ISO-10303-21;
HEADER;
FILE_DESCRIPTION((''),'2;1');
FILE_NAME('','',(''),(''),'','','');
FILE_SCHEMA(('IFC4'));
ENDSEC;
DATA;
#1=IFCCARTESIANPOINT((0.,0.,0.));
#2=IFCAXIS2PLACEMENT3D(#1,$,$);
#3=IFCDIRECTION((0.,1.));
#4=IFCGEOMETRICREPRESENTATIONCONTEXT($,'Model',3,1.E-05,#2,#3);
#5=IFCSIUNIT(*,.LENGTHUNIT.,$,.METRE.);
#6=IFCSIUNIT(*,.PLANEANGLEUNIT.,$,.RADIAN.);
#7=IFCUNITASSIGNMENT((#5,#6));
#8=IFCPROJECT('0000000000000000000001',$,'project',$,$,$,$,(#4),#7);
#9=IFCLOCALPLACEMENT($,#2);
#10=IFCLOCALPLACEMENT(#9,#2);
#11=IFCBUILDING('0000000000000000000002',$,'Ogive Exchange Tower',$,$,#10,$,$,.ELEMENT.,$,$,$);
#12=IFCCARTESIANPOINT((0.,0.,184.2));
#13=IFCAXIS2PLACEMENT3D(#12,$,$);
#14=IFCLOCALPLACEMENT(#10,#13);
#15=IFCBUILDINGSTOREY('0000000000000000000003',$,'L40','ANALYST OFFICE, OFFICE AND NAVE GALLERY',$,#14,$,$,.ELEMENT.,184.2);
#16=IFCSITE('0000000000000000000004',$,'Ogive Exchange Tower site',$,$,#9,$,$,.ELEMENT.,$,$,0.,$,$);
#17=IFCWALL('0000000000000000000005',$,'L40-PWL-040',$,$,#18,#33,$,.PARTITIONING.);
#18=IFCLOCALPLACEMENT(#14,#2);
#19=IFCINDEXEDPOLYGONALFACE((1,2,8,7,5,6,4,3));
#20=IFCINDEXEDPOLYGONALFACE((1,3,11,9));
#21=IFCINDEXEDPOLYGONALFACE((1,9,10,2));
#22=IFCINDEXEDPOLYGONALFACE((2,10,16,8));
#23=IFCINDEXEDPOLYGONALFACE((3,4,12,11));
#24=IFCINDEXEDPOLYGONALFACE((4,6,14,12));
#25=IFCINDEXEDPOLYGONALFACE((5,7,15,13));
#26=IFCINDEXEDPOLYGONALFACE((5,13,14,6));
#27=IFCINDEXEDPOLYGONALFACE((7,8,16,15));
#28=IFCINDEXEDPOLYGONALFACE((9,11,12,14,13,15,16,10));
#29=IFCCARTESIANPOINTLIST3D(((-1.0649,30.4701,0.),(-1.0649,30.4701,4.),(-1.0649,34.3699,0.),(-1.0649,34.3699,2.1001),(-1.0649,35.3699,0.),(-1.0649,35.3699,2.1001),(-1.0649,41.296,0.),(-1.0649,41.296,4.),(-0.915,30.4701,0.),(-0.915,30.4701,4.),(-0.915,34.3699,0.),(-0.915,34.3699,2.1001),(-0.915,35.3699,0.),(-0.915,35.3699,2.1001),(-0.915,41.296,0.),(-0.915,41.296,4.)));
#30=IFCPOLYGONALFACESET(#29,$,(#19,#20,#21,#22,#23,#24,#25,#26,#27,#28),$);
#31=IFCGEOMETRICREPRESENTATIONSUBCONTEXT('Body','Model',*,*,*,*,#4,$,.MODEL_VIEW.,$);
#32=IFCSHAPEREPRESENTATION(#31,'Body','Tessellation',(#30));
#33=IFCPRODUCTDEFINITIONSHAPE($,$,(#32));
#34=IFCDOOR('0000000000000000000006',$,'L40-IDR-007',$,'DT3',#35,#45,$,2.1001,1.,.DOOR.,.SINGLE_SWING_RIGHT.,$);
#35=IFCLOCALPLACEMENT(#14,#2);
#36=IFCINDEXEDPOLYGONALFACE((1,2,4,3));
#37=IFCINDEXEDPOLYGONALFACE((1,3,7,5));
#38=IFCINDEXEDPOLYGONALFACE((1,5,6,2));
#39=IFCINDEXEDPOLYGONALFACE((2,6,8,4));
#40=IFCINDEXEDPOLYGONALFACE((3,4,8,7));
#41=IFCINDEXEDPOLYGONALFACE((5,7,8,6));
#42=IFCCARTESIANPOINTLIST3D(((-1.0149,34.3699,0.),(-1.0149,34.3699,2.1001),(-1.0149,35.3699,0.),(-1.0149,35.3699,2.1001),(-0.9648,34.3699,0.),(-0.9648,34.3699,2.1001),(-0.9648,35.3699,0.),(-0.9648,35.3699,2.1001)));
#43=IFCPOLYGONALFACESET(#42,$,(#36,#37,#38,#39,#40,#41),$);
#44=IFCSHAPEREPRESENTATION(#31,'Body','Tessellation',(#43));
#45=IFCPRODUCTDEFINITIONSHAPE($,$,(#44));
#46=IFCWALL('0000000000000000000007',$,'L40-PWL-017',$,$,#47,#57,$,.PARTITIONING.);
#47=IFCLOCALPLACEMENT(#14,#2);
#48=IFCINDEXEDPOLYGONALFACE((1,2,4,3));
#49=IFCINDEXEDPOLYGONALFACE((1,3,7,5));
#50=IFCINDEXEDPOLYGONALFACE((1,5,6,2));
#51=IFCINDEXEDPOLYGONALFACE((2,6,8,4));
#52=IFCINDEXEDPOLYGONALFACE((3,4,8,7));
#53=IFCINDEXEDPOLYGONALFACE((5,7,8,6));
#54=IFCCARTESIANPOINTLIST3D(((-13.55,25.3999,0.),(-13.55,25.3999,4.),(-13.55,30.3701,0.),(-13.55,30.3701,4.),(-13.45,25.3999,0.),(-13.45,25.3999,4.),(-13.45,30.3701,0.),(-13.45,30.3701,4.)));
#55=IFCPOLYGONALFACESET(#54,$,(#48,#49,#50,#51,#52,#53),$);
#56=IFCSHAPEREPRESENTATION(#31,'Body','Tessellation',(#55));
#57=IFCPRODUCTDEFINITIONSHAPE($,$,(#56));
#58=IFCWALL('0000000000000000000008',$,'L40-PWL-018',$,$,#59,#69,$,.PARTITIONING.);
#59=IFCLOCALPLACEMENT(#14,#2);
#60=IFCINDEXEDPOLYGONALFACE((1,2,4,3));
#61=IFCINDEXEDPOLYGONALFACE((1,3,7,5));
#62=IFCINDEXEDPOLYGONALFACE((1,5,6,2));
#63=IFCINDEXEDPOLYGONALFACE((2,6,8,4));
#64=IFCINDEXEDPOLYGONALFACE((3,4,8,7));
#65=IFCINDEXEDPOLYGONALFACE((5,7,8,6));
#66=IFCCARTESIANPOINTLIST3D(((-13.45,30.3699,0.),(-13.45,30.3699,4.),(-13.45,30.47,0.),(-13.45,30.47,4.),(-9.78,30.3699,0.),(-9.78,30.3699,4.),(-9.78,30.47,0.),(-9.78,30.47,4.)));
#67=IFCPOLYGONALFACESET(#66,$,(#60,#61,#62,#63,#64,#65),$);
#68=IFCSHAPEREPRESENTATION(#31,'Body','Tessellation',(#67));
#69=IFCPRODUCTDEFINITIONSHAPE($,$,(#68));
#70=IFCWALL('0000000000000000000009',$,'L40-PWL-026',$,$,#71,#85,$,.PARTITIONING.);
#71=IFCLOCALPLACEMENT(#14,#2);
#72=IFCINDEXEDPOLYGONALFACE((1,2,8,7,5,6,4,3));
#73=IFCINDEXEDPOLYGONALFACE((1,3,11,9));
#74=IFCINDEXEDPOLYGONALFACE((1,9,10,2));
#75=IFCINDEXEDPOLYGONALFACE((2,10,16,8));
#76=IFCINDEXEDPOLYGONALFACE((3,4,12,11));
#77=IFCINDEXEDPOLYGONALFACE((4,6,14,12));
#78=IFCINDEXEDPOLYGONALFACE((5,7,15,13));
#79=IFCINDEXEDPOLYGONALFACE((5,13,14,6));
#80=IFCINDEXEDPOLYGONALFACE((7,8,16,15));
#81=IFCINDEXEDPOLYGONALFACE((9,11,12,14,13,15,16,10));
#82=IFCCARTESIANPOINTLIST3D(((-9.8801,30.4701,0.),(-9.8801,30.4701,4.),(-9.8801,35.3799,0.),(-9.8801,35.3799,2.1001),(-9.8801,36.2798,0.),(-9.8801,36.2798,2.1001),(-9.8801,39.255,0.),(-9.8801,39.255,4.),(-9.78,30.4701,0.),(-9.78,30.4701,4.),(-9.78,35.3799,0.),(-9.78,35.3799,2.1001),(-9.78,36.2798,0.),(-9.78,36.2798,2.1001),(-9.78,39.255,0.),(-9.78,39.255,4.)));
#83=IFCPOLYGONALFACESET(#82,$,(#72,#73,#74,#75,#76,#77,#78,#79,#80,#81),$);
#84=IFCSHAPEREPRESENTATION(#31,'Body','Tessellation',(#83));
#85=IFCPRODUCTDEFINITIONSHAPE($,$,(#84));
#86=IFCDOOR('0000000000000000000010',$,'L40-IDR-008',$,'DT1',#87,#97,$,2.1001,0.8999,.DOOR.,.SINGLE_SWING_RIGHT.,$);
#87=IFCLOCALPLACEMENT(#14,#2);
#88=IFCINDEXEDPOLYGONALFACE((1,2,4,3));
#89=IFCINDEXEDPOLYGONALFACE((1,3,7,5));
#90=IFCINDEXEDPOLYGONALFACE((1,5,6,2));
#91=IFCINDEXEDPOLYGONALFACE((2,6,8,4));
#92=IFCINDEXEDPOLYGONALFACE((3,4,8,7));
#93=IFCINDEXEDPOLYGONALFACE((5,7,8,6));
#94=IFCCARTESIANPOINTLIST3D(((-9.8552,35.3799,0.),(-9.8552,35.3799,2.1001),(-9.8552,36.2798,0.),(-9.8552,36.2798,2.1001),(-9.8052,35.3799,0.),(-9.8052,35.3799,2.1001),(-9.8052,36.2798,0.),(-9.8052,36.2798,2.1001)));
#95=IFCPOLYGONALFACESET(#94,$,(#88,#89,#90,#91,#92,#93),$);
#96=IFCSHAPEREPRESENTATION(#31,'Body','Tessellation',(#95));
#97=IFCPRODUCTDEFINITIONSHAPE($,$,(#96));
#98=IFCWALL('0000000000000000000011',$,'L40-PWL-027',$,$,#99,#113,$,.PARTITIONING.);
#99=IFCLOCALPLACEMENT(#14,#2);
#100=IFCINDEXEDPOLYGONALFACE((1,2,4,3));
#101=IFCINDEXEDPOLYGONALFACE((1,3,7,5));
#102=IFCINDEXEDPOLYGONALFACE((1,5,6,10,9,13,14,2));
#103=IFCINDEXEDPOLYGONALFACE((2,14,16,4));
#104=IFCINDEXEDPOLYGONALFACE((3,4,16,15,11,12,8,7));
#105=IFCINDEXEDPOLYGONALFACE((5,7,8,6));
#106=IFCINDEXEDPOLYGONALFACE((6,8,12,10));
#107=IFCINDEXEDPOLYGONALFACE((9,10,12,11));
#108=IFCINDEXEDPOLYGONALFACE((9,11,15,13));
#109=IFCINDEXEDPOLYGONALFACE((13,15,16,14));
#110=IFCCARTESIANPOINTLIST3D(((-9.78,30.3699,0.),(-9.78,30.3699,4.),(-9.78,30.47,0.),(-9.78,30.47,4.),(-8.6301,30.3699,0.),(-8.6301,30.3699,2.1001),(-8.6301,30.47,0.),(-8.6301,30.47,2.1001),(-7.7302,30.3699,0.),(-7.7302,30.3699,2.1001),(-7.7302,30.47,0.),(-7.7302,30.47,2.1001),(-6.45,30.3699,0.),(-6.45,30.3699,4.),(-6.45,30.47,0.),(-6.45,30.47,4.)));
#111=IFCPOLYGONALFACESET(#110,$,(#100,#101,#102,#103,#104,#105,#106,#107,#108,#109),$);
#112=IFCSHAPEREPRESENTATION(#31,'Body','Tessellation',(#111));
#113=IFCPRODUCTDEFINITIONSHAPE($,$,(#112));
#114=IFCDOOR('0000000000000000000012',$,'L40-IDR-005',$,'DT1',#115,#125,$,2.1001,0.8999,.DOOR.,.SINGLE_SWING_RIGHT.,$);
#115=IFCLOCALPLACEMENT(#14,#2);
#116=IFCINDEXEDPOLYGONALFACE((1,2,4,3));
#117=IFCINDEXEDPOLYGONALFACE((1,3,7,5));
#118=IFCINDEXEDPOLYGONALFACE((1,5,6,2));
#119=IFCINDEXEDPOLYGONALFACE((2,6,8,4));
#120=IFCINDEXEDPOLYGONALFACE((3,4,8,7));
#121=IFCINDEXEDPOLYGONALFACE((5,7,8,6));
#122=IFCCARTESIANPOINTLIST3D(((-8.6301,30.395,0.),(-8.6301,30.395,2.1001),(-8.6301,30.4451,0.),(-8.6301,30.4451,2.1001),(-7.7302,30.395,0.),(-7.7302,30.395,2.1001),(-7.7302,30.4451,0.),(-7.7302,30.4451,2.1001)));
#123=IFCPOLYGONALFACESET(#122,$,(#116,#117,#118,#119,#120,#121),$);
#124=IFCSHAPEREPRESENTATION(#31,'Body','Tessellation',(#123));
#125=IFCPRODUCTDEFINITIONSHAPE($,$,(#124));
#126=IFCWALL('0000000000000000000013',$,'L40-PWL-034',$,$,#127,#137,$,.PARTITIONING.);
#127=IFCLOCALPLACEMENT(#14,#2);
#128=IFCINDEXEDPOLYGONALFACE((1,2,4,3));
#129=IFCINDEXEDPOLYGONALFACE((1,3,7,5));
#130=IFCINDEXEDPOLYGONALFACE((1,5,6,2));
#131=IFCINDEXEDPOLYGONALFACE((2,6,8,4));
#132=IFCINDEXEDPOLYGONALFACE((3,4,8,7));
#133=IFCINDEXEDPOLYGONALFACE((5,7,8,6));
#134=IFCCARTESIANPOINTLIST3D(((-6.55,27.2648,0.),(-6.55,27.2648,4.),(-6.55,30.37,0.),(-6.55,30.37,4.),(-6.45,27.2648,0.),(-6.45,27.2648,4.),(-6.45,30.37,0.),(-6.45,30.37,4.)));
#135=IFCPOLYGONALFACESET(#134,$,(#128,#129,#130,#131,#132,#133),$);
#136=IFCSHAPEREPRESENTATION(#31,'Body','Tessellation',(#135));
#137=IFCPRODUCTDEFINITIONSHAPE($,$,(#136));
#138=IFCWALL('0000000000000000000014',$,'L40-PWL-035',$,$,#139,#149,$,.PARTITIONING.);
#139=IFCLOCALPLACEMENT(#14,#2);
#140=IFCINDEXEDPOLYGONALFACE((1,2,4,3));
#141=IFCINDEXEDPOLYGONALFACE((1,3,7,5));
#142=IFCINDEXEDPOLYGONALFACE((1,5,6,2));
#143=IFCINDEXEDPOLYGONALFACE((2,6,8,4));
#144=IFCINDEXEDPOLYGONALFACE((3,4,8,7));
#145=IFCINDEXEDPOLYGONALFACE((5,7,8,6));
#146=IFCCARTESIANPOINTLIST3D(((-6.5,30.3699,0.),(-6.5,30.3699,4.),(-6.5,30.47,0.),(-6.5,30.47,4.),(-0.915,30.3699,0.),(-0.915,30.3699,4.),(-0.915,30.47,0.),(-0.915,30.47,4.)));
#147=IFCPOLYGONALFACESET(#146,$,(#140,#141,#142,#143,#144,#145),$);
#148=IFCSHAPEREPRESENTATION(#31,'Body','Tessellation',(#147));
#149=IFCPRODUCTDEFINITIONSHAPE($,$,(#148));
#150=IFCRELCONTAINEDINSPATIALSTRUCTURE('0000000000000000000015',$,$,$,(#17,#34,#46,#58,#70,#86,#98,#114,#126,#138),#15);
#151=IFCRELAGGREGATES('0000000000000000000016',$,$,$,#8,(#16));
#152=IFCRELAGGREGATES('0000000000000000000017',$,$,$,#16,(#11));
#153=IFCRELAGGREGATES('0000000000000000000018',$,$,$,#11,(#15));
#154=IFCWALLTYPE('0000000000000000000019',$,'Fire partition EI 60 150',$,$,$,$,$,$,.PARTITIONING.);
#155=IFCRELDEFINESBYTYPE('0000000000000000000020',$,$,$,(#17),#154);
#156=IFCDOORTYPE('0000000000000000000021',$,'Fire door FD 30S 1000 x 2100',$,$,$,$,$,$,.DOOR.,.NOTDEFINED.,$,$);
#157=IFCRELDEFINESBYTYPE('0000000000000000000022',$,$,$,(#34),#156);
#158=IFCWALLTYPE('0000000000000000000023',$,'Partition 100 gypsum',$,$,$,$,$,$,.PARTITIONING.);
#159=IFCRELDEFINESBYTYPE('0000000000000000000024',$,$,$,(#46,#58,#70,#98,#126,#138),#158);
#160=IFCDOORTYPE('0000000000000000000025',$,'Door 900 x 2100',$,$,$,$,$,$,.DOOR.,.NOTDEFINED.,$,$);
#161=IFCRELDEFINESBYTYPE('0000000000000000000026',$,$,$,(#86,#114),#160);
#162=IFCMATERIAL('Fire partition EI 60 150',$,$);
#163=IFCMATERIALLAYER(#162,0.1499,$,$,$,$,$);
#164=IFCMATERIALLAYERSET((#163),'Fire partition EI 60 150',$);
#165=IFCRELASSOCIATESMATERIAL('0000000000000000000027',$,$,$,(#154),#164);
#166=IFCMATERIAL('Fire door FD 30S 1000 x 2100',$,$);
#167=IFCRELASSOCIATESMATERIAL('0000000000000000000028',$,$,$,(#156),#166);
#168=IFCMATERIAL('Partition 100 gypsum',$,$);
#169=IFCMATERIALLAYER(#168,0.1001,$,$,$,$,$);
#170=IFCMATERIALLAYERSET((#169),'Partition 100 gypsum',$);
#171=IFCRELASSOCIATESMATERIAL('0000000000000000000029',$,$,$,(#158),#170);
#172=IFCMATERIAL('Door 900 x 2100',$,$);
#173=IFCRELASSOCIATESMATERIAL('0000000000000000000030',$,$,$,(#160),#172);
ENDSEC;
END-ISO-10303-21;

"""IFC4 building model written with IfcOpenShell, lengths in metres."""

from ifc_helpers import new_model, si_unit, direction, frame, frame_2d, origin, place, context, subcontext, project, spatial, rectangle, extrude, material, layer, layer_set, type_object, element, fill, save


model = new_model("IFC4")

# Units and contexts
model_context = context("Model", 3, precision=1e-05, world=origin(), true_north=direction((0.0, 1.0)))
body_context = subcontext(model_context, "Body", "Model", "MODEL_VIEW")
ifc_project = project(units=[si_unit("LENGTHUNIT", "METRE"), si_unit("PLANEANGLEUNIT", "RADIAN")], contexts=[model_context])

# Site, building, storey
site_placement = place(None, origin())
site = spatial("IfcSite", under=ifc_project, at=site_placement, Name="Ogive Exchange Tower site", CompositionType="ELEMENT", RefElevation=0.0)
building_placement = place(site_placement, origin())
building = spatial("IfcBuilding", under=site, at=building_placement, Name="Ogive Exchange Tower", CompositionType="ELEMENT")
storey_placement = place(building_placement, frame((0.0, 0.0, 184.2)))
storey = spatial("IfcBuildingStorey", under=building, at=storey_placement, Name="L40", Description="ANALYST OFFICE, OFFICE AND NAVE GALLERY", CompositionType="ELEMENT", Elevation=184.2)

# Shared definitions
ifc_material_1 = material(Name="Fire partition EI 60 150")
ifc_layer_1 = layer(ifc_material_1, 0.1499)
ifc_layer_set_1 = layer_set([ifc_layer_1], Name="Fire partition EI 60 150")
wall_type_1 = type_object("IfcWallType", Name="Fire partition EI 60 150", PredefinedType="PARTITIONING", material=ifc_layer_set_1)

# Wall, opening, door
wall_1_placement = place(storey_placement, frame((-0.99, 30.47, 0.0), z_axis=(0.0, 0.0, 1.0), x_axis=(0.0, 1.0, 0.0)))
wall_1 = element("IfcWall", 1, at=wall_1_placement, inside=storey, type_object=wall_type_1, Name="L40-PWL-040", PredefinedType="PARTITIONING", context=body_context, shape_type="SweptSolid", body=[
    extrude(rectangle(XDim=10.8259, YDim=0.1499, at=frame_2d((5.4131, 0.0))), origin(), (0.0, 0.0, 1.0), 4.0),
])
opening_1_placement = place(wall_1_placement, frame((3.8999, 0.0, 0.0)))
opening_1 = element("IfcOpeningElement", 2, at=opening_1_placement, cuts=wall_1, PredefinedType="OPENING", context=body_context, shape_type="SweptSolid", body=[
    extrude(rectangle(XDim=1.0, YDim=2.1001, at=frame_2d((0.5, 1.05))), frame((0.0, 0.085, 0.0), z_axis=(0.0, -1.0, 0.0), x_axis=(1.0, 0.0, 0.0)), (0.0, 0.0, 1.0), 0.1699),
])
ifc_material_2 = material(Name="Fire door FD 30S 1000 x 2100")
door_type_1 = type_object("IfcDoorType", Name="Fire door FD 30S 1000 x 2100", OperationType="NOTDEFINED", PredefinedType="DOOR", material=ifc_material_2)
door_1_placement = place(opening_1_placement, origin())
door_1 = element("IfcDoor", 3, at=door_1_placement, inside=storey, type_object=door_type_1, Name="L40-IDR-007", ObjectType="DT3", OperationType="SINGLE_SWING_RIGHT", OverallHeight=2.1001, OverallWidth=1.0, PredefinedType="DOOR", context=body_context, shape_type="SweptSolid", body=[
    extrude(rectangle(XDim=1.0, YDim=2.1001, at=frame_2d((0.5, 1.05))), frame((0.0, 0.0249, 0.0), z_axis=(0.0, -1.0, 0.0), x_axis=(1.0, 0.0, 0.0)), (0.0, 0.0, 1.0), 0.05),
])
fill(opening_1, door_1)

# Walls
ifc_material_3 = material(Name="Partition 100 gypsum")
ifc_layer_2 = layer(ifc_material_3, 0.1001)
ifc_layer_set_2 = layer_set([ifc_layer_2], Name="Partition 100 gypsum")
wall_type_2 = type_object("IfcWallType", Name="Partition 100 gypsum", PredefinedType="PARTITIONING", material=ifc_layer_set_2)
wall_2_placement = place(storey_placement, frame((-13.5, 30.3701, 0.0), z_axis=(0.0, 0.0, 1.0), x_axis=(0.0, -1.0, 0.0)))
element("IfcWall", 4, at=wall_2_placement, inside=storey, type_object=wall_type_2, Name="L40-PWL-017", PredefinedType="PARTITIONING", context=body_context, shape_type="SweptSolid", body=[
    extrude(rectangle(XDim=4.9702, YDim=0.1001, at=frame_2d((2.4851, 0.0))), origin(), (0.0, 0.0, 1.0), 4.0),
])
wall_3_placement = place(storey_placement, frame((-13.45, 30.4199, 0.0), z_axis=(0.0, 0.0, 1.0), x_axis=(1.0, 0.0, 0.0)))
element("IfcWall", 5, at=wall_3_placement, inside=storey, type_object=wall_type_2, Name="L40-PWL-018", PredefinedType="PARTITIONING", context=body_context, shape_type="SweptSolid", body=[
    extrude(rectangle(XDim=3.6699, YDim=0.1001, at=frame_2d((1.835, 0.0))), origin(), (0.0, 0.0, 1.0), 4.0),
])

# Walls, openings, doors
wall_4_placement = place(storey_placement, frame((-9.8301, 30.47, 0.0), z_axis=(0.0, 0.0, 1.0), x_axis=(0.0, 1.0, 0.0)))
wall_4 = element("IfcWall", 6, at=wall_4_placement, inside=storey, type_object=wall_type_2, Name="L40-PWL-026", PredefinedType="PARTITIONING", context=body_context, shape_type="SweptSolid", body=[
    extrude(rectangle(XDim=8.7849, YDim=0.1001, at=frame_2d((4.3926, 0.0))), origin(), (0.0, 0.0, 1.0), 4.0),
])
opening_2_placement = place(wall_4_placement, frame((4.9099, 0.0, 0.0)))
opening_2 = element("IfcOpeningElement", 7, at=opening_2_placement, cuts=wall_4, PredefinedType="OPENING", context=body_context, shape_type="SweptSolid", body=[
    extrude(rectangle(XDim=0.8999, YDim=2.1001, at=frame_2d((0.45, 1.05))), frame((0.0, 0.0601, 0.0), z_axis=(0.0, -1.0, 0.0), x_axis=(1.0, 0.0, 0.0)), (0.0, 0.0, 1.0), 0.1201),
])
ifc_material_4 = material(Name="Door 900 x 2100")
door_type_2 = type_object("IfcDoorType", Name="Door 900 x 2100", OperationType="NOTDEFINED", PredefinedType="DOOR", material=ifc_material_4)
door_2_placement = place(opening_2_placement, frame((0.8999, 0.0, 0.0), z_axis=(0.0, 0.0, 1.0), x_axis=(-1.0, 0.0, 0.0)))
door_2 = element("IfcDoor", 8, at=door_2_placement, inside=storey, type_object=door_type_2, Name="L40-IDR-008", ObjectType="DT1", OperationType="SINGLE_SWING_RIGHT", OverallHeight=2.1001, OverallWidth=0.8999, PredefinedType="DOOR", context=body_context, shape_type="SweptSolid", body=[
    extrude(rectangle(XDim=0.8999, YDim=2.1001, at=frame_2d((0.45, 1.05))), frame((0.0, 0.0249, 0.0), z_axis=(0.0, -1.0, 0.0), x_axis=(1.0, 0.0, 0.0)), (0.0, 0.0, 1.0), 0.05),
])
fill(opening_2, door_2)
wall_5_placement = place(storey_placement, frame((-9.78, 30.4199, 0.0), z_axis=(0.0, 0.0, 1.0), x_axis=(1.0, 0.0, 0.0)))
wall_5 = element("IfcWall", 9, at=wall_5_placement, inside=storey, type_object=wall_type_2, Name="L40-PWL-027", PredefinedType="PARTITIONING", context=body_context, shape_type="SweptSolid", body=[
    extrude(rectangle(XDim=3.3301, YDim=0.1001, at=frame_2d((1.665, 0.0))), origin(), (0.0, 0.0, 1.0), 4.0),
])
opening_3_placement = place(wall_5_placement, frame((1.1499, 0.0, 0.0)))
opening_3 = element("IfcOpeningElement", 10, at=opening_3_placement, cuts=wall_5, PredefinedType="OPENING", context=body_context, shape_type="SweptSolid", body=[
    extrude(rectangle(XDim=0.8999, YDim=2.1001, at=frame_2d((0.45, 1.05))), frame((0.0, 0.0601, 0.0), z_axis=(0.0, -1.0, 0.0), x_axis=(1.0, 0.0, 0.0)), (0.0, 0.0, 1.0), 0.1201),
])
door_3_placement = place(opening_3_placement, frame((0.8999, 0.0, 0.0), z_axis=(0.0, 0.0, 1.0), x_axis=(-1.0, 0.0, 0.0)))
door_3 = element("IfcDoor", 11, at=door_3_placement, inside=storey, type_object=door_type_2, Name="L40-IDR-005", ObjectType="DT1", OperationType="SINGLE_SWING_RIGHT", OverallHeight=2.1001, OverallWidth=0.8999, PredefinedType="DOOR", context=body_context, shape_type="SweptSolid", body=[
    extrude(rectangle(XDim=0.8999, YDim=2.1001, at=frame_2d((0.45, 1.05))), frame((0.0, 0.0249, 0.0), z_axis=(0.0, -1.0, 0.0), x_axis=(1.0, 0.0, 0.0)), (0.0, 0.0, 1.0), 0.05),
])
fill(opening_3, door_3)

# Walls
wall_6_placement = place(storey_placement, frame((-6.5, 30.3701, 0.0), z_axis=(0.0, 0.0, 1.0), x_axis=(0.0, -1.0, 0.0)))
element("IfcWall", 12, at=wall_6_placement, inside=storey, type_object=wall_type_2, Name="L40-PWL-034", PredefinedType="PARTITIONING", context=body_context, shape_type="SweptSolid", body=[
    extrude(rectangle(XDim=3.1052, YDim=0.1001, at=frame_2d((1.5527, 0.0))), origin(), (0.0, 0.0, 1.0), 4.0),
])
wall_7_placement = place(storey_placement, frame((-6.5, 30.4199, 0.0), z_axis=(0.0, 0.0, 1.0), x_axis=(1.0, 0.0, 0.0)))
element("IfcWall", 13, at=wall_7_placement, inside=storey, type_object=wall_type_2, Name="L40-PWL-035", PredefinedType="PARTITIONING", context=body_context, shape_type="SweptSolid", body=[
    extrude(rectangle(XDim=5.585, YDim=0.1001, at=frame_2d((2.7925, 0.0))), origin(), (0.0, 0.0, 1.0), 4.0),
])

save(model, "model.ifc")
